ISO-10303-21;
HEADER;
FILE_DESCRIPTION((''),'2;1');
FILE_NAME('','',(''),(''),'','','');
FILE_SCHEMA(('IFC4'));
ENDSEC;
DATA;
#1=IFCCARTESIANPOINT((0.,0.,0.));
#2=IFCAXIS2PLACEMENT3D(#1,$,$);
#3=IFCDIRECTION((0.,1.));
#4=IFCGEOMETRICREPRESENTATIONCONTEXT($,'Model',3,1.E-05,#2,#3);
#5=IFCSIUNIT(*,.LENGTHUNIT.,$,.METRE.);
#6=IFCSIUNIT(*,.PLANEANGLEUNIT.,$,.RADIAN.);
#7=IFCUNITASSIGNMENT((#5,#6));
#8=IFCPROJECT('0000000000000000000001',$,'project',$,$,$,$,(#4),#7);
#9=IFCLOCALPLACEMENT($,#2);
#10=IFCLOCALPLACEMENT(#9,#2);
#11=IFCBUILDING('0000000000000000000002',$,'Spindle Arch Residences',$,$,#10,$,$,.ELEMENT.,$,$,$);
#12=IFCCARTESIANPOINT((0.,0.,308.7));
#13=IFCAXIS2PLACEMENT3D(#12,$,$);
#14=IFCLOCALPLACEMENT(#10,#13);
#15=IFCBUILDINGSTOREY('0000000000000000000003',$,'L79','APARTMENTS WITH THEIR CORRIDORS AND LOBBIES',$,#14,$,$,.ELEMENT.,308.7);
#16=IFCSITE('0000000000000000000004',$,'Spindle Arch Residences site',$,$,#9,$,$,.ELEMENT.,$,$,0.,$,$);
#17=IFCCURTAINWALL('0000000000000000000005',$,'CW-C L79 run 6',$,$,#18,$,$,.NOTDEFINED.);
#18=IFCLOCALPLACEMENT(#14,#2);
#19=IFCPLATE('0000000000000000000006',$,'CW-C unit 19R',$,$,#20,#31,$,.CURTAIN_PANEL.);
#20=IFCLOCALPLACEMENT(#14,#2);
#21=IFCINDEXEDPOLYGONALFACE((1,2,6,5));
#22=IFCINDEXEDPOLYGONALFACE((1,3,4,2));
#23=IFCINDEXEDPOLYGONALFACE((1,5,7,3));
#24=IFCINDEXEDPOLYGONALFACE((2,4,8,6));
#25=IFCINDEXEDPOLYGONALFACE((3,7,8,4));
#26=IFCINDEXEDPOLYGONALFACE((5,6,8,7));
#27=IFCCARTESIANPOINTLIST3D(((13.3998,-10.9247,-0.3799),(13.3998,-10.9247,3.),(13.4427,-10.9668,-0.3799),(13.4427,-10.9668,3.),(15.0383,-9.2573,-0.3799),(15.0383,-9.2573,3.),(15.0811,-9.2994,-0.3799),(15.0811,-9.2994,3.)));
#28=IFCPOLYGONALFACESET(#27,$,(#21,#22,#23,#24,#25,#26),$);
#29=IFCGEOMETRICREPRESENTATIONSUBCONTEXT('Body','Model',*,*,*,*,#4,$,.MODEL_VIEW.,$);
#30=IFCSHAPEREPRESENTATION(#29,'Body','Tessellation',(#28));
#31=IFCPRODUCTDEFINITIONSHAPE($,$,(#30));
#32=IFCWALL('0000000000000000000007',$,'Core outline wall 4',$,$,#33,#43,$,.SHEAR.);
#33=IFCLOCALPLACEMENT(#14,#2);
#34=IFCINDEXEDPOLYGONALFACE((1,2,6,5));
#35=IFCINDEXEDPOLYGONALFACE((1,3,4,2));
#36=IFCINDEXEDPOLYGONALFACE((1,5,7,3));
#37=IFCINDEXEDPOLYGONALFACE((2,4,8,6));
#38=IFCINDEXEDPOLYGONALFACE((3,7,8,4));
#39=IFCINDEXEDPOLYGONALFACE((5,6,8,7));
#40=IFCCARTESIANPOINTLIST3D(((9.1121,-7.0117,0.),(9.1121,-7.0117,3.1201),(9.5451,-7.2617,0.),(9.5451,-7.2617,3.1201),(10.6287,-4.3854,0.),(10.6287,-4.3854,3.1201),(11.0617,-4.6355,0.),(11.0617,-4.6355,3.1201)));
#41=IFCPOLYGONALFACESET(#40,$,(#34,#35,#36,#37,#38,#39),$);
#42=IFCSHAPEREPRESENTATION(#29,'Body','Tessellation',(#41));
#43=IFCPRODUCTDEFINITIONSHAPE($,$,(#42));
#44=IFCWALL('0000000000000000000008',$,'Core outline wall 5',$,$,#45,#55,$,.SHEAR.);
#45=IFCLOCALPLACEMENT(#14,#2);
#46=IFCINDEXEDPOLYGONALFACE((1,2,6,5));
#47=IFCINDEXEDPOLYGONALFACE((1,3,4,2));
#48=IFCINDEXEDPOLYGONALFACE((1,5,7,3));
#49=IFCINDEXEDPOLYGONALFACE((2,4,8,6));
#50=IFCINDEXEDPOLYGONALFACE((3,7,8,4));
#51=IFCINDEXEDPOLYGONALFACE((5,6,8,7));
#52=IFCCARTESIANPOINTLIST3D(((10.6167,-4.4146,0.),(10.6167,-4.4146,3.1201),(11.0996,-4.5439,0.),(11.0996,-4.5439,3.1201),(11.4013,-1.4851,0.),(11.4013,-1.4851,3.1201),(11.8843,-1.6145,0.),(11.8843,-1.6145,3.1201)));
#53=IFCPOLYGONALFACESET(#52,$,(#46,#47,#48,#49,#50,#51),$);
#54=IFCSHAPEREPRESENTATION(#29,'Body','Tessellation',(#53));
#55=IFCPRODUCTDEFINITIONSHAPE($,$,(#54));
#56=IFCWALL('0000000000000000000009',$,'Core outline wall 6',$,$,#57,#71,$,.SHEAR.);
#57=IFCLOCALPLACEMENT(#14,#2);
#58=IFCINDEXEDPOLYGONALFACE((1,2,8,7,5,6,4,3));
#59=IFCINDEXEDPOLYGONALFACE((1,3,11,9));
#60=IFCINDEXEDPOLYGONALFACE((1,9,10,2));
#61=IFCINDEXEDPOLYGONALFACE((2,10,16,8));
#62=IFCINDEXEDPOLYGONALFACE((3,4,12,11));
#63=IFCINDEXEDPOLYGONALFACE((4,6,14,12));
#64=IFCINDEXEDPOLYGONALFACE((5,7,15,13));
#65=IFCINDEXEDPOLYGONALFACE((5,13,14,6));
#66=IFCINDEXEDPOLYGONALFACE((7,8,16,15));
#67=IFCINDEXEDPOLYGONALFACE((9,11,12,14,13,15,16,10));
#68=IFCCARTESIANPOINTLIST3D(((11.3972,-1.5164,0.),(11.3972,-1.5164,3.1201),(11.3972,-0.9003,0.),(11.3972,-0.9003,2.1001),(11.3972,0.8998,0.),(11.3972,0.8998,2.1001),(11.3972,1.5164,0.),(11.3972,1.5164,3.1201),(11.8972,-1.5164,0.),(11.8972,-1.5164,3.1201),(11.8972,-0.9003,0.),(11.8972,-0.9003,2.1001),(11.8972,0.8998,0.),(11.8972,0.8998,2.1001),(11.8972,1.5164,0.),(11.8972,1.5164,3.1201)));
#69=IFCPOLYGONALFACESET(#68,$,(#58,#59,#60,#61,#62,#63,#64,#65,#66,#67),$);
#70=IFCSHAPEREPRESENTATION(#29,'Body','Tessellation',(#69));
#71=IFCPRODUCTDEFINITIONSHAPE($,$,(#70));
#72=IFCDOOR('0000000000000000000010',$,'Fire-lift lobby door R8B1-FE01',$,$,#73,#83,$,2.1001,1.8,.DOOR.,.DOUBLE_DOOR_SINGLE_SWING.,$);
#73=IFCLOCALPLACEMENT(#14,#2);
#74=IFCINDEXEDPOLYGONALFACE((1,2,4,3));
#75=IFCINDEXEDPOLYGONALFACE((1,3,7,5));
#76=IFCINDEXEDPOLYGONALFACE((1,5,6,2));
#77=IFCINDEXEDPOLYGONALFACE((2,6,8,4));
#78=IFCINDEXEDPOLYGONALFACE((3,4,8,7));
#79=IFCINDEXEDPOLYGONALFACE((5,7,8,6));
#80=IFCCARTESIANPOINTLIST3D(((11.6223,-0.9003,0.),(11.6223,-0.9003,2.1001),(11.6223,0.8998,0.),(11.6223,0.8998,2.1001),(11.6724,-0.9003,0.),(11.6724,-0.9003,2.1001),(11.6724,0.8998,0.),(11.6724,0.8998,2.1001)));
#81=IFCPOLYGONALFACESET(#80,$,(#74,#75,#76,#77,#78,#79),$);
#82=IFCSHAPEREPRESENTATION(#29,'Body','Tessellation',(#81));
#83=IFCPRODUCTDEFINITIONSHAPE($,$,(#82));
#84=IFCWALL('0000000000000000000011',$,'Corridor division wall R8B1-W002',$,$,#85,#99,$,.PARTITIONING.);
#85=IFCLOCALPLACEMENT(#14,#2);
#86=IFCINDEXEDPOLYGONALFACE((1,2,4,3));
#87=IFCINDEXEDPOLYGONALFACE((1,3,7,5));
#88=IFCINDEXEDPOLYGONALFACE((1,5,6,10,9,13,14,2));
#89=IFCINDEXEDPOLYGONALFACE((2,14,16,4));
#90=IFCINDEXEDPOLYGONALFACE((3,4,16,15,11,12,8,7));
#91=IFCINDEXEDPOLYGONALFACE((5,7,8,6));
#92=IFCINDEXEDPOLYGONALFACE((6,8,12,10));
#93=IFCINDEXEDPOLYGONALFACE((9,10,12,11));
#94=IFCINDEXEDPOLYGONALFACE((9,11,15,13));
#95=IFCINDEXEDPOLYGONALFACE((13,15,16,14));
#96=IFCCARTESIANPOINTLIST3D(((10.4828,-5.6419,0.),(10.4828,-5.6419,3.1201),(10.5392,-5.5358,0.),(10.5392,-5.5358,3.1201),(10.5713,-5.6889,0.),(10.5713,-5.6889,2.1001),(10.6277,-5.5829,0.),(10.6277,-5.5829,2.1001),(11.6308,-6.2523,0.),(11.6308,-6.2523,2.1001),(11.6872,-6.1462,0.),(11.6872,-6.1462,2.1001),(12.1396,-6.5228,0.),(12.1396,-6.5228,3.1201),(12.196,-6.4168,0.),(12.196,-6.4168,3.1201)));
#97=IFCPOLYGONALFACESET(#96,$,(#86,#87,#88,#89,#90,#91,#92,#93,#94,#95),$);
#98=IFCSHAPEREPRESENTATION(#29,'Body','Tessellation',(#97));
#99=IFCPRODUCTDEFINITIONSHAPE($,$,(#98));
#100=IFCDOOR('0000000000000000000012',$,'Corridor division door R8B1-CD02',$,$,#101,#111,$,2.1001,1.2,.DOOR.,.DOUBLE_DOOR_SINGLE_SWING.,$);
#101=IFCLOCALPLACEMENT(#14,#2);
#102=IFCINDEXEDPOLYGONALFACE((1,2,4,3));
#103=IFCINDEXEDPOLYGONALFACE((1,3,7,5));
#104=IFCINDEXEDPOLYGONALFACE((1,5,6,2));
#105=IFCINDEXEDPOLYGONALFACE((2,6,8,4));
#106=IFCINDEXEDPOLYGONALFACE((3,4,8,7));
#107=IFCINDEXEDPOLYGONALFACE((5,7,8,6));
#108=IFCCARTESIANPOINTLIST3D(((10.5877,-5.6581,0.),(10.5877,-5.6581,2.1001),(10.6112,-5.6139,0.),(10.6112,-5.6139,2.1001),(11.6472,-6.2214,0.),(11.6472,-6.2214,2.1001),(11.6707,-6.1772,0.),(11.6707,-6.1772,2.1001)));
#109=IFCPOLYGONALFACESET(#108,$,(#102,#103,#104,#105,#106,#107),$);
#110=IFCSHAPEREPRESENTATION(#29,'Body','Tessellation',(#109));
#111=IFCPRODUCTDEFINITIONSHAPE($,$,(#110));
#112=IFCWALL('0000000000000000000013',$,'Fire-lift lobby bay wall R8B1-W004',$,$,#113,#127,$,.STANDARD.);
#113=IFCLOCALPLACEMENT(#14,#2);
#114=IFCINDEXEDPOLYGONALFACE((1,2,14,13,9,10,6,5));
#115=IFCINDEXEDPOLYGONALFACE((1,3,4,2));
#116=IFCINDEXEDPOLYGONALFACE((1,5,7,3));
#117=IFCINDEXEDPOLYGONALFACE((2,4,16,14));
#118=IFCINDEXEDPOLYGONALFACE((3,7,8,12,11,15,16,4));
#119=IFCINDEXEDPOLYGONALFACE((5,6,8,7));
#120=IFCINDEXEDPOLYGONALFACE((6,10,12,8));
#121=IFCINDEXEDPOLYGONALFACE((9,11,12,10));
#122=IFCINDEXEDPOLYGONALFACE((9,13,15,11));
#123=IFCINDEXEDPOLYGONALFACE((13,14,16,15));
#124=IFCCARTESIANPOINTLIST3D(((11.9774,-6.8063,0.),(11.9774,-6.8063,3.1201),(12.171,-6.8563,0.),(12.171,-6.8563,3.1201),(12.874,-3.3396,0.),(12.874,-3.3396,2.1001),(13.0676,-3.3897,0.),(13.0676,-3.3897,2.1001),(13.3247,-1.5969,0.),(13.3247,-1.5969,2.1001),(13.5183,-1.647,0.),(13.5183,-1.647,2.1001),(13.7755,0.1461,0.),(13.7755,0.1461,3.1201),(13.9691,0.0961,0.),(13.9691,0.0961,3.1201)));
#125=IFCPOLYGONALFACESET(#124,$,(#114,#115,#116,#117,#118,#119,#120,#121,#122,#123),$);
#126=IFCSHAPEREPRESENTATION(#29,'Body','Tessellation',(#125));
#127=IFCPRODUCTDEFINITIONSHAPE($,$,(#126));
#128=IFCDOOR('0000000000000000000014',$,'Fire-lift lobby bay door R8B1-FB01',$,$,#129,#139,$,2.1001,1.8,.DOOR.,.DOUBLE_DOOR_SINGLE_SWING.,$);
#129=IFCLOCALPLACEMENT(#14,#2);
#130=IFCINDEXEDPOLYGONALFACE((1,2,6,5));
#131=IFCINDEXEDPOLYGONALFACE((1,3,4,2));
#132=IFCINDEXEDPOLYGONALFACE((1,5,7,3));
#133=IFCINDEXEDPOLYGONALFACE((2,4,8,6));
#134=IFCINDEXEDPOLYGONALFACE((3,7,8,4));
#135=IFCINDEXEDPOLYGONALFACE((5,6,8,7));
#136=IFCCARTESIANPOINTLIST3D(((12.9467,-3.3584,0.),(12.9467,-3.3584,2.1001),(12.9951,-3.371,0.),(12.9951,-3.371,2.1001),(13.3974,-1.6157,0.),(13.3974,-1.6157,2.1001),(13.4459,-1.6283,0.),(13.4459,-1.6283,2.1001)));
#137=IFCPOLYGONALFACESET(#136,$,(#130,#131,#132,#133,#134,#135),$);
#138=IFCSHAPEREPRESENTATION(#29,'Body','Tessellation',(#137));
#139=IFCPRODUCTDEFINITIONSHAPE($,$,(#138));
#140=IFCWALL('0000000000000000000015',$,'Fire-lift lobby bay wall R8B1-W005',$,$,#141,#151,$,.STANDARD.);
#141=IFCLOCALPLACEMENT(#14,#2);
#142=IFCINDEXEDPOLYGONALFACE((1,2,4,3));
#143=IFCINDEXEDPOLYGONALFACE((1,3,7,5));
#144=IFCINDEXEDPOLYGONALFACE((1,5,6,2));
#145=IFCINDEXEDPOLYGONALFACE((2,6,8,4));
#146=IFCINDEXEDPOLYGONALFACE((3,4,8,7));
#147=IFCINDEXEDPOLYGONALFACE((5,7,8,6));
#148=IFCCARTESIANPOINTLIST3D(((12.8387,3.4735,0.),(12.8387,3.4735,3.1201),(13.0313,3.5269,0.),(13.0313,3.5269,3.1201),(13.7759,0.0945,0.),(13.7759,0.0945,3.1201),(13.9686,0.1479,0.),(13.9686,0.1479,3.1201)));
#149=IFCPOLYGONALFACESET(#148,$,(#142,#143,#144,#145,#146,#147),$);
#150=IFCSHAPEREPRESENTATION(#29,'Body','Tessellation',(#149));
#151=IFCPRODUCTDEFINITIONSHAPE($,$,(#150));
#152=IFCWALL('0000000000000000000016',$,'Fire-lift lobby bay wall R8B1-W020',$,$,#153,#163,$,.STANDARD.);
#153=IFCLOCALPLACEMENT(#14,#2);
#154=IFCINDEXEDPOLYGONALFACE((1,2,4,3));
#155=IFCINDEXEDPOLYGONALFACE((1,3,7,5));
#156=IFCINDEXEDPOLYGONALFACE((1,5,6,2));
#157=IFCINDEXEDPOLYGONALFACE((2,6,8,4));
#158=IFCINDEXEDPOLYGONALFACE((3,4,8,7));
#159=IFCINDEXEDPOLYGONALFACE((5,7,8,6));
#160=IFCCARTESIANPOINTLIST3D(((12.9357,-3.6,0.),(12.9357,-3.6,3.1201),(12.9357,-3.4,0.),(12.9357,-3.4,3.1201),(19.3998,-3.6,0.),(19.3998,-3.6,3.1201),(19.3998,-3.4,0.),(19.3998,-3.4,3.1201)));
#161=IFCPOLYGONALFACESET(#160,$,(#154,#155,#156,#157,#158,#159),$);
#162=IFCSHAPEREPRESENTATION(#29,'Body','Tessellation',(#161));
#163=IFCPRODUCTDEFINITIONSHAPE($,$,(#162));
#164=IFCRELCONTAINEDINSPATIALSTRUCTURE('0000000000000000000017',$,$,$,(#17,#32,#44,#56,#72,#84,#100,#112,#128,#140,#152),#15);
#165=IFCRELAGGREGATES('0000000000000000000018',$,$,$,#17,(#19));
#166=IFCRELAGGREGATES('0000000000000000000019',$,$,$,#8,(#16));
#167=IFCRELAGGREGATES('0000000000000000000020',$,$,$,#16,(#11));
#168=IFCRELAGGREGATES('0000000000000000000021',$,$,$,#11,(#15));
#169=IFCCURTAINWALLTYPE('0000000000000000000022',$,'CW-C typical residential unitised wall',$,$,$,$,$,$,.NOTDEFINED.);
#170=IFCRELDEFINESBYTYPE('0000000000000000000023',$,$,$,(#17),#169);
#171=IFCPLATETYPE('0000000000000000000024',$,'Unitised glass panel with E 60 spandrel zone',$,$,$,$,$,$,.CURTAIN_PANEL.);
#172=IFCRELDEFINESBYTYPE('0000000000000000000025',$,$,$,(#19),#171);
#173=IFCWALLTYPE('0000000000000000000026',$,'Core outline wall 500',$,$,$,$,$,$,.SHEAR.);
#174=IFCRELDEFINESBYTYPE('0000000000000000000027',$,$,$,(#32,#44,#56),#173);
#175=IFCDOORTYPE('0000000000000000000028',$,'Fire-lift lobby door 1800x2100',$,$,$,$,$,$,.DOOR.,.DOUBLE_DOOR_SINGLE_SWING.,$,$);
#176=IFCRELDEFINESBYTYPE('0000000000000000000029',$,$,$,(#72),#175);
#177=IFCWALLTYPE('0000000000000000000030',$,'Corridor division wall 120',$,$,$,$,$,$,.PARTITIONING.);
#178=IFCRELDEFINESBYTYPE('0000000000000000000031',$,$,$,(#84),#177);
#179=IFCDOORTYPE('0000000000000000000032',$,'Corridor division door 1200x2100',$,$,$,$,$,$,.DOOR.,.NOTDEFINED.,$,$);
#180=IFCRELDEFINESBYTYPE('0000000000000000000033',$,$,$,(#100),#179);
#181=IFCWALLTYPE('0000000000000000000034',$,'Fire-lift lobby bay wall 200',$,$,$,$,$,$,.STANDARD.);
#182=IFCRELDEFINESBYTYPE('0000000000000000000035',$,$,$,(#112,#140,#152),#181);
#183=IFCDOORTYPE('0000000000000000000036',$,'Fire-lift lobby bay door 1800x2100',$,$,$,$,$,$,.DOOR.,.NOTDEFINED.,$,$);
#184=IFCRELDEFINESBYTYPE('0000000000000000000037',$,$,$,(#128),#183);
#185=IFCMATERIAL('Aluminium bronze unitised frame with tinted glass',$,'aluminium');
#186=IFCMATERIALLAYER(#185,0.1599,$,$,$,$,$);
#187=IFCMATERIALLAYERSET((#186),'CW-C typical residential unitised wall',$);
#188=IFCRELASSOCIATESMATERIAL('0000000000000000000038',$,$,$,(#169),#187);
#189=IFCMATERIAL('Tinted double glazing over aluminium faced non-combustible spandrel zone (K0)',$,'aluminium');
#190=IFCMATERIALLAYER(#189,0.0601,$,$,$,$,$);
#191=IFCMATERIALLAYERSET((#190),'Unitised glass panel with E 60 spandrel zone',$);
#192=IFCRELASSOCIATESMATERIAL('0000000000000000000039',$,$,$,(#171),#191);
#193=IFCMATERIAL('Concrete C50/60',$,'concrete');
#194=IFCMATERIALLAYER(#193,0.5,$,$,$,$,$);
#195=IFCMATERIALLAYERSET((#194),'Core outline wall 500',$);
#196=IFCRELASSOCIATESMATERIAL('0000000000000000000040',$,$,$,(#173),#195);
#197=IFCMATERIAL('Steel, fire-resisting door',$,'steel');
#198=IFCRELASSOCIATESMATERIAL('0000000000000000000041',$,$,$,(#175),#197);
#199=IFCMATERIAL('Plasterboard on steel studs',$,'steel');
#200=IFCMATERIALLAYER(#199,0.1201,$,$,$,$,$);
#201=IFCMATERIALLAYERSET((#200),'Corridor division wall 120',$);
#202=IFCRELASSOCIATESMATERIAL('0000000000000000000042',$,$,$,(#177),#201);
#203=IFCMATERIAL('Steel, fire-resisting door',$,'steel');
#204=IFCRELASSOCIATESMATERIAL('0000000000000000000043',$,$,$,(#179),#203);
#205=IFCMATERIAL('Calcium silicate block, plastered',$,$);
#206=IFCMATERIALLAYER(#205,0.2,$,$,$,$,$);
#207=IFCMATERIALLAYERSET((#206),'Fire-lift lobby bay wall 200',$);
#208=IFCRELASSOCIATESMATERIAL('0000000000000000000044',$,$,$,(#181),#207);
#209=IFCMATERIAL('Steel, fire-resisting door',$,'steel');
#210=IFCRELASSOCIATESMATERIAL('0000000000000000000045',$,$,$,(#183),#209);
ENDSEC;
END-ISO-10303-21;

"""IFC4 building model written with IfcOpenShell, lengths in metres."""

from ifc_helpers import new_model, si_unit, direction, frame, frame_2d, origin, origin_2d, place, context, subcontext, project, spatial, rectangle, extrude, material, layer, layer_set, type_object, element, fill, aggregate, save


model = new_model("IFC4")

# Units and contexts
model_context = context("Model", 3, precision=1e-05, world=origin(), true_north=direction((0.0, 1.0)))
body_context = subcontext(model_context, "Body", "Model", "MODEL_VIEW")
ifc_project = project(units=[si_unit("LENGTHUNIT", "METRE"), si_unit("PLANEANGLEUNIT", "RADIAN")], contexts=[model_context])

# Site, building, storey
site_placement = place(None, origin())
site = spatial("IfcSite", under=ifc_project, at=site_placement, Name="Spindle Arch Residences site", CompositionType="ELEMENT", RefElevation=0.0)
building_placement = place(site_placement, origin())
building = spatial("IfcBuilding", under=site, at=building_placement, Name="Spindle Arch Residences", CompositionType="ELEMENT")
storey_placement = place(building_placement, frame((0.0, 0.0, 308.7)))
storey = spatial("IfcBuildingStorey", under=building, at=storey_placement, Name="L79", Description="APARTMENTS WITH THEIR CORRIDORS AND LOBBIES", CompositionType="ELEMENT", Elevation=308.7)

# Curtain wall
ifc_material_1 = material(Name="Aluminium bronze unitised frame with tinted glass", Category="aluminium")
ifc_layer_1 = layer(ifc_material_1, 0.1599)
ifc_layer_set_1 = layer_set([ifc_layer_1], Name="CW-C typical residential unitised wall")
curtain_wall_type = type_object("IfcCurtainWallType", Name="CW-C typical residential unitised wall", PredefinedType="NOTDEFINED", material=ifc_layer_set_1)
curtain_wall_placement = place(storey_placement, origin())
curtain_wall = element("IfcCurtainWall", 1, at=curtain_wall_placement, inside=storey, type_object=curtain_wall_type, Name="CW-C L79 run 6", PredefinedType="NOTDEFINED")

# Plate
ifc_material_2 = material(Name="Tinted double glazing over aluminium faced non-combustible spandrel zone (K0)", Category="aluminium")
ifc_layer_2 = layer(ifc_material_2, 0.0601)
ifc_layer_set_2 = layer_set([ifc_layer_2], Name="Unitised glass panel with E 60 spandrel zone")
plate_type = type_object("IfcPlateType", Name="Unitised glass panel with E 60 spandrel zone", PredefinedType="CURTAIN_PANEL", material=ifc_layer_set_2)
plate_1_placement = place(storey_placement, frame((14.2405, -10.1121, -0.3799), z_axis=(0.0, 0.0, 1.0), x_axis=(0.700909, 0.71325, 0.0)))
plate_1 = element("IfcPlate", 2, at=plate_1_placement, type_object=plate_type, Name="CW-C unit 19R", PredefinedType="CURTAIN_PANEL", context=body_context, shape_type="SweptSolid", body=[
    extrude(rectangle(XDim=2.3376, YDim=0.0601, at=origin_2d()), origin(), (0.0, 0.0, 1.0), 3.3799),
])
aggregate(curtain_wall, [plate_1])

# Walls
ifc_material_3 = material(Name="Concrete C50/60", Category="concrete")
ifc_layer_3 = layer(ifc_material_3, 0.5)
ifc_layer_set_3 = layer_set([ifc_layer_3], Name="Core outline wall 500")
wall_type_1 = type_object("IfcWallType", Name="Core outline wall 500", PredefinedType="SHEAR", material=ifc_layer_set_3)
for number, where, z_axis, x_axis, name in (
    (3, (9.3286, -7.1367, 0.0), (0.0, 0.0, 1.0), (0.500087, 0.865975, 0.0), "Core outline wall 4"),
    (4, (10.8582, -4.4792, 0.0), (0.0, 0.0, 1.0), (0.258735, 0.965948, 0.0), "Core outline wall 5"),
):
    element("IfcWall", number, at=place(storey_placement, frame(where, z_axis=z_axis, x_axis=x_axis)), inside=storey, type_object=wall_type_1, Name=name, PredefinedType="SHEAR", context=body_context, shape_type="SweptSolid", body=[
        extrude(rectangle(XDim=3.0327, YDim=0.5, at=frame_2d((1.5164, 0.0))), origin(), (0.0, 0.0, 1.0), 3.1201),
    ])

# Walls, openings, doors
wall_1_placement = place(storey_placement, frame((11.6472, -1.5164, 0.0), z_axis=(0.0, 0.0, 1.0), x_axis=(0.0, 1.0, 0.0)))
wall_1 = element("IfcWall", 5, at=wall_1_placement, inside=storey, type_object=wall_type_1, Name="Core outline wall 6", PredefinedType="SHEAR", context=body_context, shape_type="SweptSolid", body=[
    extrude(rectangle(XDim=3.0327, YDim=0.5, at=frame_2d((1.5164, 0.0))), origin(), (0.0, 0.0, 1.0), 3.1201),
])
opening_1_placement = place(wall_1_placement, frame((0.6162, 0.0, 0.0)))
opening_1 = element("IfcOpeningElement", 6, at=opening_1_placement, cuts=wall_1, PredefinedType="OPENING", context=body_context, shape_type="SweptSolid", body=[
    extrude(rectangle(XDim=1.8, YDim=2.1001, at=frame_2d((0.8999, 1.05))), frame((0.0, 0.26, 0.0), z_axis=(0.0, -1.0, 0.0), x_axis=(1.0, 0.0, 0.0)), (0.0, 0.0, 1.0), 0.52),
])
ifc_material_4 = material(Name="Steel, fire-resisting door", Category="steel")
door_type_1 = type_object("IfcDoorType", Name="Fire-lift lobby door 1800x2100", OperationType="DOUBLE_DOOR_SINGLE_SWING", PredefinedType="DOOR", material=ifc_material_4)
door_1_placement = place(opening_1_placement, origin())
door_1 = element("IfcDoor", 7, at=door_1_placement, inside=storey, type_object=door_type_1, Name="Fire-lift lobby door R8B1-FE01", OperationType="DOUBLE_DOOR_SINGLE_SWING", OverallHeight=2.1001, OverallWidth=1.8, PredefinedType="DOOR", context=body_context, shape_type="SweptSolid", body=[
    extrude(rectangle(XDim=1.8, YDim=2.1001, at=frame_2d((0.8999, 1.05))), frame((0.0, 0.0249, 0.0), z_axis=(0.0, -1.0, 0.0), x_axis=(1.0, 0.0, 0.0)), (0.0, 0.0, 1.0), 0.05),
])
fill(opening_1, door_1)
ifc_material_5 = material(Name="Plasterboard on steel studs", Category="steel")
ifc_layer_4 = layer(ifc_material_5, 0.1201)
ifc_layer_set_4 = layer_set([ifc_layer_4], Name="Corridor division wall 120")
wall_type_2 = type_object("IfcWallType", Name="Corridor division wall 120", PredefinedType="PARTITIONING", material=ifc_layer_set_4)
wall_2_placement = place(storey_placement, frame((10.511, -5.5889, 0.0), z_axis=(0.0, 0.0, 1.0), x_axis=(0.882957, -0.469453, 0.0)))
wall_2 = element("IfcWall", 8, at=wall_2_placement, inside=storey, type_object=wall_type_2, Name="Corridor division wall R8B1-W002", PredefinedType="PARTITIONING", context=body_context, shape_type="SweptSolid", body=[
    extrude(rectangle(XDim=1.8765, YDim=0.1201, at=frame_2d((0.9382, 0.0))), origin(), (0.0, 0.0, 1.0), 3.1201),
])
opening_2_placement = place(wall_2_placement, frame((0.1001, 0.0, 0.0)))
opening_2 = element("IfcOpeningElement", 9, at=opening_2_placement, cuts=wall_2, PredefinedType="OPENING", context=body_context, shape_type="SweptSolid", body=[
    extrude(rectangle(XDim=1.2, YDim=2.1001, at=frame_2d((0.6001, 1.05))), frame((0.0, 0.0701, 0.0), z_axis=(0.0, -1.0, 0.0), x_axis=(1.0, 0.0, 0.0)), (0.0, 0.0, 1.0), 0.1401),
])
ifc_material_6 = material(Name="Steel, fire-resisting door", Category="steel")
door_type_2 = type_object("IfcDoorType", Name="Corridor division door 1200x2100", OperationType="NOTDEFINED", PredefinedType="DOOR", material=ifc_material_6)
door_2_placement = place(opening_2_placement, origin())
door_2 = element("IfcDoor", 10, at=door_2_placement, inside=storey, type_object=door_type_2, Name="Corridor division door R8B1-CD02", OperationType="DOUBLE_DOOR_SINGLE_SWING", OverallHeight=2.1001, OverallWidth=1.2, PredefinedType="DOOR", context=body_context, shape_type="SweptSolid", body=[
    extrude(rectangle(XDim=1.2, YDim=2.1001, at=frame_2d((0.6001, 1.05))), frame((0.0, 0.0249, 0.0), z_axis=(0.0, -1.0, 0.0), x_axis=(1.0, 0.0, 0.0)), (0.0, 0.0, 1.0), 0.05),
])
fill(opening_2, door_2)
ifc_material_7 = material(Name="Calcium silicate block, plastered")
ifc_layer_5 = layer(ifc_material_7, 0.2)
ifc_layer_set_5 = layer_set([ifc_layer_5], Name="Fire-lift lobby bay wall 200")
wall_type_3 = type_object("IfcWallType", Name="Fire-lift lobby bay wall 200", PredefinedType="STANDARD", material=ifc_layer_set_5)
wall_3_placement = place(storey_placement, frame((12.0742, -6.8313, 0.0), z_axis=(0.0, 0.0, 1.0), x_axis=(0.250391, 0.968145, 0.0)))
wall_3 = element("IfcWall", 11, at=wall_3_placement, inside=storey, type_object=wall_type_3, Name="Fire-lift lobby bay wall R8B1-W004", PredefinedType="STANDARD", context=body_context, shape_type="SweptSolid", body=[
    extrude(rectangle(XDim=7.1812, YDim=0.2, at=frame_2d((3.5906, 0.0))), origin(), (0.0, 0.0, 1.0), 3.1201),
])
opening_3_placement = place(wall_3_placement, frame((3.5808, 0.0, 0.0)))
opening_3 = element("IfcOpeningElement", 12, at=opening_3_placement, cuts=wall_3, PredefinedType="OPENING", context=body_context, shape_type="SweptSolid", body=[
    extrude(rectangle(XDim=1.8, YDim=2.1001, at=frame_2d((0.8999, 1.05))), frame((0.0, 0.1099, 0.0), z_axis=(0.0, -1.0, 0.0), x_axis=(1.0, 0.0, 0.0)), (0.0, 0.0, 1.0), 0.22),
])
ifc_material_8 = material(Name="Steel, fire-resisting door", Category="steel")
door_type_3 = type_object("IfcDoorType", Name="Fire-lift lobby bay door 1800x2100", OperationType="NOTDEFINED", PredefinedType="DOOR", material=ifc_material_8)
door_3_placement = place(opening_3_placement, origin())
door_3 = element("IfcDoor", 13, at=door_3_placement, inside=storey, type_object=door_type_3, Name="Fire-lift lobby bay door R8B1-FB01", OperationType="DOUBLE_DOOR_SINGLE_SWING", OverallHeight=2.1001, OverallWidth=1.8, PredefinedType="DOOR", context=body_context, shape_type="SweptSolid", body=[
    extrude(rectangle(XDim=1.8, YDim=2.1001, at=frame_2d((0.8999, 1.05))), frame((0.0, 0.0249, 0.0), z_axis=(0.0, -1.0, 0.0), x_axis=(1.0, 0.0, 0.0)), (0.0, 0.0, 1.0), 0.05),
])
fill(opening_3, door_3)

# Walls
wall_4_placement = place(storey_placement, frame((13.8723, 0.1211, 0.0), z_axis=(0.0, 0.0, 1.0), x_axis=(-0.267292, 0.963616, 0.0)))
element("IfcWall", 14, at=wall_4_placement, inside=storey, type_object=wall_type_3, Name="Fire-lift lobby bay wall R8B1-W005", PredefinedType="STANDARD", context=body_context, shape_type="SweptSolid", body=[
    extrude(rectangle(XDim=3.5066, YDim=0.2, at=frame_2d((1.7534, 0.0))), origin(), (0.0, 0.0, 1.0), 3.1201),
])
wall_5_placement = place(storey_placement, frame((12.9358, -3.5, 0.0), z_axis=(0.0, 0.0, 1.0), x_axis=(1.0, 0.0, 0.0)))
element("IfcWall", 15, at=wall_5_placement, inside=storey, type_object=wall_type_3, Name="Fire-lift lobby bay wall R8B1-W020", PredefinedType="STANDARD", context=body_context, shape_type="SweptSolid", body=[
    extrude(rectangle(XDim=6.4641, YDim=0.2, at=frame_2d((3.2319, 0.0))), origin(), (0.0, 0.0, 1.0), 3.1201),
])

save(model, "model.ifc")
